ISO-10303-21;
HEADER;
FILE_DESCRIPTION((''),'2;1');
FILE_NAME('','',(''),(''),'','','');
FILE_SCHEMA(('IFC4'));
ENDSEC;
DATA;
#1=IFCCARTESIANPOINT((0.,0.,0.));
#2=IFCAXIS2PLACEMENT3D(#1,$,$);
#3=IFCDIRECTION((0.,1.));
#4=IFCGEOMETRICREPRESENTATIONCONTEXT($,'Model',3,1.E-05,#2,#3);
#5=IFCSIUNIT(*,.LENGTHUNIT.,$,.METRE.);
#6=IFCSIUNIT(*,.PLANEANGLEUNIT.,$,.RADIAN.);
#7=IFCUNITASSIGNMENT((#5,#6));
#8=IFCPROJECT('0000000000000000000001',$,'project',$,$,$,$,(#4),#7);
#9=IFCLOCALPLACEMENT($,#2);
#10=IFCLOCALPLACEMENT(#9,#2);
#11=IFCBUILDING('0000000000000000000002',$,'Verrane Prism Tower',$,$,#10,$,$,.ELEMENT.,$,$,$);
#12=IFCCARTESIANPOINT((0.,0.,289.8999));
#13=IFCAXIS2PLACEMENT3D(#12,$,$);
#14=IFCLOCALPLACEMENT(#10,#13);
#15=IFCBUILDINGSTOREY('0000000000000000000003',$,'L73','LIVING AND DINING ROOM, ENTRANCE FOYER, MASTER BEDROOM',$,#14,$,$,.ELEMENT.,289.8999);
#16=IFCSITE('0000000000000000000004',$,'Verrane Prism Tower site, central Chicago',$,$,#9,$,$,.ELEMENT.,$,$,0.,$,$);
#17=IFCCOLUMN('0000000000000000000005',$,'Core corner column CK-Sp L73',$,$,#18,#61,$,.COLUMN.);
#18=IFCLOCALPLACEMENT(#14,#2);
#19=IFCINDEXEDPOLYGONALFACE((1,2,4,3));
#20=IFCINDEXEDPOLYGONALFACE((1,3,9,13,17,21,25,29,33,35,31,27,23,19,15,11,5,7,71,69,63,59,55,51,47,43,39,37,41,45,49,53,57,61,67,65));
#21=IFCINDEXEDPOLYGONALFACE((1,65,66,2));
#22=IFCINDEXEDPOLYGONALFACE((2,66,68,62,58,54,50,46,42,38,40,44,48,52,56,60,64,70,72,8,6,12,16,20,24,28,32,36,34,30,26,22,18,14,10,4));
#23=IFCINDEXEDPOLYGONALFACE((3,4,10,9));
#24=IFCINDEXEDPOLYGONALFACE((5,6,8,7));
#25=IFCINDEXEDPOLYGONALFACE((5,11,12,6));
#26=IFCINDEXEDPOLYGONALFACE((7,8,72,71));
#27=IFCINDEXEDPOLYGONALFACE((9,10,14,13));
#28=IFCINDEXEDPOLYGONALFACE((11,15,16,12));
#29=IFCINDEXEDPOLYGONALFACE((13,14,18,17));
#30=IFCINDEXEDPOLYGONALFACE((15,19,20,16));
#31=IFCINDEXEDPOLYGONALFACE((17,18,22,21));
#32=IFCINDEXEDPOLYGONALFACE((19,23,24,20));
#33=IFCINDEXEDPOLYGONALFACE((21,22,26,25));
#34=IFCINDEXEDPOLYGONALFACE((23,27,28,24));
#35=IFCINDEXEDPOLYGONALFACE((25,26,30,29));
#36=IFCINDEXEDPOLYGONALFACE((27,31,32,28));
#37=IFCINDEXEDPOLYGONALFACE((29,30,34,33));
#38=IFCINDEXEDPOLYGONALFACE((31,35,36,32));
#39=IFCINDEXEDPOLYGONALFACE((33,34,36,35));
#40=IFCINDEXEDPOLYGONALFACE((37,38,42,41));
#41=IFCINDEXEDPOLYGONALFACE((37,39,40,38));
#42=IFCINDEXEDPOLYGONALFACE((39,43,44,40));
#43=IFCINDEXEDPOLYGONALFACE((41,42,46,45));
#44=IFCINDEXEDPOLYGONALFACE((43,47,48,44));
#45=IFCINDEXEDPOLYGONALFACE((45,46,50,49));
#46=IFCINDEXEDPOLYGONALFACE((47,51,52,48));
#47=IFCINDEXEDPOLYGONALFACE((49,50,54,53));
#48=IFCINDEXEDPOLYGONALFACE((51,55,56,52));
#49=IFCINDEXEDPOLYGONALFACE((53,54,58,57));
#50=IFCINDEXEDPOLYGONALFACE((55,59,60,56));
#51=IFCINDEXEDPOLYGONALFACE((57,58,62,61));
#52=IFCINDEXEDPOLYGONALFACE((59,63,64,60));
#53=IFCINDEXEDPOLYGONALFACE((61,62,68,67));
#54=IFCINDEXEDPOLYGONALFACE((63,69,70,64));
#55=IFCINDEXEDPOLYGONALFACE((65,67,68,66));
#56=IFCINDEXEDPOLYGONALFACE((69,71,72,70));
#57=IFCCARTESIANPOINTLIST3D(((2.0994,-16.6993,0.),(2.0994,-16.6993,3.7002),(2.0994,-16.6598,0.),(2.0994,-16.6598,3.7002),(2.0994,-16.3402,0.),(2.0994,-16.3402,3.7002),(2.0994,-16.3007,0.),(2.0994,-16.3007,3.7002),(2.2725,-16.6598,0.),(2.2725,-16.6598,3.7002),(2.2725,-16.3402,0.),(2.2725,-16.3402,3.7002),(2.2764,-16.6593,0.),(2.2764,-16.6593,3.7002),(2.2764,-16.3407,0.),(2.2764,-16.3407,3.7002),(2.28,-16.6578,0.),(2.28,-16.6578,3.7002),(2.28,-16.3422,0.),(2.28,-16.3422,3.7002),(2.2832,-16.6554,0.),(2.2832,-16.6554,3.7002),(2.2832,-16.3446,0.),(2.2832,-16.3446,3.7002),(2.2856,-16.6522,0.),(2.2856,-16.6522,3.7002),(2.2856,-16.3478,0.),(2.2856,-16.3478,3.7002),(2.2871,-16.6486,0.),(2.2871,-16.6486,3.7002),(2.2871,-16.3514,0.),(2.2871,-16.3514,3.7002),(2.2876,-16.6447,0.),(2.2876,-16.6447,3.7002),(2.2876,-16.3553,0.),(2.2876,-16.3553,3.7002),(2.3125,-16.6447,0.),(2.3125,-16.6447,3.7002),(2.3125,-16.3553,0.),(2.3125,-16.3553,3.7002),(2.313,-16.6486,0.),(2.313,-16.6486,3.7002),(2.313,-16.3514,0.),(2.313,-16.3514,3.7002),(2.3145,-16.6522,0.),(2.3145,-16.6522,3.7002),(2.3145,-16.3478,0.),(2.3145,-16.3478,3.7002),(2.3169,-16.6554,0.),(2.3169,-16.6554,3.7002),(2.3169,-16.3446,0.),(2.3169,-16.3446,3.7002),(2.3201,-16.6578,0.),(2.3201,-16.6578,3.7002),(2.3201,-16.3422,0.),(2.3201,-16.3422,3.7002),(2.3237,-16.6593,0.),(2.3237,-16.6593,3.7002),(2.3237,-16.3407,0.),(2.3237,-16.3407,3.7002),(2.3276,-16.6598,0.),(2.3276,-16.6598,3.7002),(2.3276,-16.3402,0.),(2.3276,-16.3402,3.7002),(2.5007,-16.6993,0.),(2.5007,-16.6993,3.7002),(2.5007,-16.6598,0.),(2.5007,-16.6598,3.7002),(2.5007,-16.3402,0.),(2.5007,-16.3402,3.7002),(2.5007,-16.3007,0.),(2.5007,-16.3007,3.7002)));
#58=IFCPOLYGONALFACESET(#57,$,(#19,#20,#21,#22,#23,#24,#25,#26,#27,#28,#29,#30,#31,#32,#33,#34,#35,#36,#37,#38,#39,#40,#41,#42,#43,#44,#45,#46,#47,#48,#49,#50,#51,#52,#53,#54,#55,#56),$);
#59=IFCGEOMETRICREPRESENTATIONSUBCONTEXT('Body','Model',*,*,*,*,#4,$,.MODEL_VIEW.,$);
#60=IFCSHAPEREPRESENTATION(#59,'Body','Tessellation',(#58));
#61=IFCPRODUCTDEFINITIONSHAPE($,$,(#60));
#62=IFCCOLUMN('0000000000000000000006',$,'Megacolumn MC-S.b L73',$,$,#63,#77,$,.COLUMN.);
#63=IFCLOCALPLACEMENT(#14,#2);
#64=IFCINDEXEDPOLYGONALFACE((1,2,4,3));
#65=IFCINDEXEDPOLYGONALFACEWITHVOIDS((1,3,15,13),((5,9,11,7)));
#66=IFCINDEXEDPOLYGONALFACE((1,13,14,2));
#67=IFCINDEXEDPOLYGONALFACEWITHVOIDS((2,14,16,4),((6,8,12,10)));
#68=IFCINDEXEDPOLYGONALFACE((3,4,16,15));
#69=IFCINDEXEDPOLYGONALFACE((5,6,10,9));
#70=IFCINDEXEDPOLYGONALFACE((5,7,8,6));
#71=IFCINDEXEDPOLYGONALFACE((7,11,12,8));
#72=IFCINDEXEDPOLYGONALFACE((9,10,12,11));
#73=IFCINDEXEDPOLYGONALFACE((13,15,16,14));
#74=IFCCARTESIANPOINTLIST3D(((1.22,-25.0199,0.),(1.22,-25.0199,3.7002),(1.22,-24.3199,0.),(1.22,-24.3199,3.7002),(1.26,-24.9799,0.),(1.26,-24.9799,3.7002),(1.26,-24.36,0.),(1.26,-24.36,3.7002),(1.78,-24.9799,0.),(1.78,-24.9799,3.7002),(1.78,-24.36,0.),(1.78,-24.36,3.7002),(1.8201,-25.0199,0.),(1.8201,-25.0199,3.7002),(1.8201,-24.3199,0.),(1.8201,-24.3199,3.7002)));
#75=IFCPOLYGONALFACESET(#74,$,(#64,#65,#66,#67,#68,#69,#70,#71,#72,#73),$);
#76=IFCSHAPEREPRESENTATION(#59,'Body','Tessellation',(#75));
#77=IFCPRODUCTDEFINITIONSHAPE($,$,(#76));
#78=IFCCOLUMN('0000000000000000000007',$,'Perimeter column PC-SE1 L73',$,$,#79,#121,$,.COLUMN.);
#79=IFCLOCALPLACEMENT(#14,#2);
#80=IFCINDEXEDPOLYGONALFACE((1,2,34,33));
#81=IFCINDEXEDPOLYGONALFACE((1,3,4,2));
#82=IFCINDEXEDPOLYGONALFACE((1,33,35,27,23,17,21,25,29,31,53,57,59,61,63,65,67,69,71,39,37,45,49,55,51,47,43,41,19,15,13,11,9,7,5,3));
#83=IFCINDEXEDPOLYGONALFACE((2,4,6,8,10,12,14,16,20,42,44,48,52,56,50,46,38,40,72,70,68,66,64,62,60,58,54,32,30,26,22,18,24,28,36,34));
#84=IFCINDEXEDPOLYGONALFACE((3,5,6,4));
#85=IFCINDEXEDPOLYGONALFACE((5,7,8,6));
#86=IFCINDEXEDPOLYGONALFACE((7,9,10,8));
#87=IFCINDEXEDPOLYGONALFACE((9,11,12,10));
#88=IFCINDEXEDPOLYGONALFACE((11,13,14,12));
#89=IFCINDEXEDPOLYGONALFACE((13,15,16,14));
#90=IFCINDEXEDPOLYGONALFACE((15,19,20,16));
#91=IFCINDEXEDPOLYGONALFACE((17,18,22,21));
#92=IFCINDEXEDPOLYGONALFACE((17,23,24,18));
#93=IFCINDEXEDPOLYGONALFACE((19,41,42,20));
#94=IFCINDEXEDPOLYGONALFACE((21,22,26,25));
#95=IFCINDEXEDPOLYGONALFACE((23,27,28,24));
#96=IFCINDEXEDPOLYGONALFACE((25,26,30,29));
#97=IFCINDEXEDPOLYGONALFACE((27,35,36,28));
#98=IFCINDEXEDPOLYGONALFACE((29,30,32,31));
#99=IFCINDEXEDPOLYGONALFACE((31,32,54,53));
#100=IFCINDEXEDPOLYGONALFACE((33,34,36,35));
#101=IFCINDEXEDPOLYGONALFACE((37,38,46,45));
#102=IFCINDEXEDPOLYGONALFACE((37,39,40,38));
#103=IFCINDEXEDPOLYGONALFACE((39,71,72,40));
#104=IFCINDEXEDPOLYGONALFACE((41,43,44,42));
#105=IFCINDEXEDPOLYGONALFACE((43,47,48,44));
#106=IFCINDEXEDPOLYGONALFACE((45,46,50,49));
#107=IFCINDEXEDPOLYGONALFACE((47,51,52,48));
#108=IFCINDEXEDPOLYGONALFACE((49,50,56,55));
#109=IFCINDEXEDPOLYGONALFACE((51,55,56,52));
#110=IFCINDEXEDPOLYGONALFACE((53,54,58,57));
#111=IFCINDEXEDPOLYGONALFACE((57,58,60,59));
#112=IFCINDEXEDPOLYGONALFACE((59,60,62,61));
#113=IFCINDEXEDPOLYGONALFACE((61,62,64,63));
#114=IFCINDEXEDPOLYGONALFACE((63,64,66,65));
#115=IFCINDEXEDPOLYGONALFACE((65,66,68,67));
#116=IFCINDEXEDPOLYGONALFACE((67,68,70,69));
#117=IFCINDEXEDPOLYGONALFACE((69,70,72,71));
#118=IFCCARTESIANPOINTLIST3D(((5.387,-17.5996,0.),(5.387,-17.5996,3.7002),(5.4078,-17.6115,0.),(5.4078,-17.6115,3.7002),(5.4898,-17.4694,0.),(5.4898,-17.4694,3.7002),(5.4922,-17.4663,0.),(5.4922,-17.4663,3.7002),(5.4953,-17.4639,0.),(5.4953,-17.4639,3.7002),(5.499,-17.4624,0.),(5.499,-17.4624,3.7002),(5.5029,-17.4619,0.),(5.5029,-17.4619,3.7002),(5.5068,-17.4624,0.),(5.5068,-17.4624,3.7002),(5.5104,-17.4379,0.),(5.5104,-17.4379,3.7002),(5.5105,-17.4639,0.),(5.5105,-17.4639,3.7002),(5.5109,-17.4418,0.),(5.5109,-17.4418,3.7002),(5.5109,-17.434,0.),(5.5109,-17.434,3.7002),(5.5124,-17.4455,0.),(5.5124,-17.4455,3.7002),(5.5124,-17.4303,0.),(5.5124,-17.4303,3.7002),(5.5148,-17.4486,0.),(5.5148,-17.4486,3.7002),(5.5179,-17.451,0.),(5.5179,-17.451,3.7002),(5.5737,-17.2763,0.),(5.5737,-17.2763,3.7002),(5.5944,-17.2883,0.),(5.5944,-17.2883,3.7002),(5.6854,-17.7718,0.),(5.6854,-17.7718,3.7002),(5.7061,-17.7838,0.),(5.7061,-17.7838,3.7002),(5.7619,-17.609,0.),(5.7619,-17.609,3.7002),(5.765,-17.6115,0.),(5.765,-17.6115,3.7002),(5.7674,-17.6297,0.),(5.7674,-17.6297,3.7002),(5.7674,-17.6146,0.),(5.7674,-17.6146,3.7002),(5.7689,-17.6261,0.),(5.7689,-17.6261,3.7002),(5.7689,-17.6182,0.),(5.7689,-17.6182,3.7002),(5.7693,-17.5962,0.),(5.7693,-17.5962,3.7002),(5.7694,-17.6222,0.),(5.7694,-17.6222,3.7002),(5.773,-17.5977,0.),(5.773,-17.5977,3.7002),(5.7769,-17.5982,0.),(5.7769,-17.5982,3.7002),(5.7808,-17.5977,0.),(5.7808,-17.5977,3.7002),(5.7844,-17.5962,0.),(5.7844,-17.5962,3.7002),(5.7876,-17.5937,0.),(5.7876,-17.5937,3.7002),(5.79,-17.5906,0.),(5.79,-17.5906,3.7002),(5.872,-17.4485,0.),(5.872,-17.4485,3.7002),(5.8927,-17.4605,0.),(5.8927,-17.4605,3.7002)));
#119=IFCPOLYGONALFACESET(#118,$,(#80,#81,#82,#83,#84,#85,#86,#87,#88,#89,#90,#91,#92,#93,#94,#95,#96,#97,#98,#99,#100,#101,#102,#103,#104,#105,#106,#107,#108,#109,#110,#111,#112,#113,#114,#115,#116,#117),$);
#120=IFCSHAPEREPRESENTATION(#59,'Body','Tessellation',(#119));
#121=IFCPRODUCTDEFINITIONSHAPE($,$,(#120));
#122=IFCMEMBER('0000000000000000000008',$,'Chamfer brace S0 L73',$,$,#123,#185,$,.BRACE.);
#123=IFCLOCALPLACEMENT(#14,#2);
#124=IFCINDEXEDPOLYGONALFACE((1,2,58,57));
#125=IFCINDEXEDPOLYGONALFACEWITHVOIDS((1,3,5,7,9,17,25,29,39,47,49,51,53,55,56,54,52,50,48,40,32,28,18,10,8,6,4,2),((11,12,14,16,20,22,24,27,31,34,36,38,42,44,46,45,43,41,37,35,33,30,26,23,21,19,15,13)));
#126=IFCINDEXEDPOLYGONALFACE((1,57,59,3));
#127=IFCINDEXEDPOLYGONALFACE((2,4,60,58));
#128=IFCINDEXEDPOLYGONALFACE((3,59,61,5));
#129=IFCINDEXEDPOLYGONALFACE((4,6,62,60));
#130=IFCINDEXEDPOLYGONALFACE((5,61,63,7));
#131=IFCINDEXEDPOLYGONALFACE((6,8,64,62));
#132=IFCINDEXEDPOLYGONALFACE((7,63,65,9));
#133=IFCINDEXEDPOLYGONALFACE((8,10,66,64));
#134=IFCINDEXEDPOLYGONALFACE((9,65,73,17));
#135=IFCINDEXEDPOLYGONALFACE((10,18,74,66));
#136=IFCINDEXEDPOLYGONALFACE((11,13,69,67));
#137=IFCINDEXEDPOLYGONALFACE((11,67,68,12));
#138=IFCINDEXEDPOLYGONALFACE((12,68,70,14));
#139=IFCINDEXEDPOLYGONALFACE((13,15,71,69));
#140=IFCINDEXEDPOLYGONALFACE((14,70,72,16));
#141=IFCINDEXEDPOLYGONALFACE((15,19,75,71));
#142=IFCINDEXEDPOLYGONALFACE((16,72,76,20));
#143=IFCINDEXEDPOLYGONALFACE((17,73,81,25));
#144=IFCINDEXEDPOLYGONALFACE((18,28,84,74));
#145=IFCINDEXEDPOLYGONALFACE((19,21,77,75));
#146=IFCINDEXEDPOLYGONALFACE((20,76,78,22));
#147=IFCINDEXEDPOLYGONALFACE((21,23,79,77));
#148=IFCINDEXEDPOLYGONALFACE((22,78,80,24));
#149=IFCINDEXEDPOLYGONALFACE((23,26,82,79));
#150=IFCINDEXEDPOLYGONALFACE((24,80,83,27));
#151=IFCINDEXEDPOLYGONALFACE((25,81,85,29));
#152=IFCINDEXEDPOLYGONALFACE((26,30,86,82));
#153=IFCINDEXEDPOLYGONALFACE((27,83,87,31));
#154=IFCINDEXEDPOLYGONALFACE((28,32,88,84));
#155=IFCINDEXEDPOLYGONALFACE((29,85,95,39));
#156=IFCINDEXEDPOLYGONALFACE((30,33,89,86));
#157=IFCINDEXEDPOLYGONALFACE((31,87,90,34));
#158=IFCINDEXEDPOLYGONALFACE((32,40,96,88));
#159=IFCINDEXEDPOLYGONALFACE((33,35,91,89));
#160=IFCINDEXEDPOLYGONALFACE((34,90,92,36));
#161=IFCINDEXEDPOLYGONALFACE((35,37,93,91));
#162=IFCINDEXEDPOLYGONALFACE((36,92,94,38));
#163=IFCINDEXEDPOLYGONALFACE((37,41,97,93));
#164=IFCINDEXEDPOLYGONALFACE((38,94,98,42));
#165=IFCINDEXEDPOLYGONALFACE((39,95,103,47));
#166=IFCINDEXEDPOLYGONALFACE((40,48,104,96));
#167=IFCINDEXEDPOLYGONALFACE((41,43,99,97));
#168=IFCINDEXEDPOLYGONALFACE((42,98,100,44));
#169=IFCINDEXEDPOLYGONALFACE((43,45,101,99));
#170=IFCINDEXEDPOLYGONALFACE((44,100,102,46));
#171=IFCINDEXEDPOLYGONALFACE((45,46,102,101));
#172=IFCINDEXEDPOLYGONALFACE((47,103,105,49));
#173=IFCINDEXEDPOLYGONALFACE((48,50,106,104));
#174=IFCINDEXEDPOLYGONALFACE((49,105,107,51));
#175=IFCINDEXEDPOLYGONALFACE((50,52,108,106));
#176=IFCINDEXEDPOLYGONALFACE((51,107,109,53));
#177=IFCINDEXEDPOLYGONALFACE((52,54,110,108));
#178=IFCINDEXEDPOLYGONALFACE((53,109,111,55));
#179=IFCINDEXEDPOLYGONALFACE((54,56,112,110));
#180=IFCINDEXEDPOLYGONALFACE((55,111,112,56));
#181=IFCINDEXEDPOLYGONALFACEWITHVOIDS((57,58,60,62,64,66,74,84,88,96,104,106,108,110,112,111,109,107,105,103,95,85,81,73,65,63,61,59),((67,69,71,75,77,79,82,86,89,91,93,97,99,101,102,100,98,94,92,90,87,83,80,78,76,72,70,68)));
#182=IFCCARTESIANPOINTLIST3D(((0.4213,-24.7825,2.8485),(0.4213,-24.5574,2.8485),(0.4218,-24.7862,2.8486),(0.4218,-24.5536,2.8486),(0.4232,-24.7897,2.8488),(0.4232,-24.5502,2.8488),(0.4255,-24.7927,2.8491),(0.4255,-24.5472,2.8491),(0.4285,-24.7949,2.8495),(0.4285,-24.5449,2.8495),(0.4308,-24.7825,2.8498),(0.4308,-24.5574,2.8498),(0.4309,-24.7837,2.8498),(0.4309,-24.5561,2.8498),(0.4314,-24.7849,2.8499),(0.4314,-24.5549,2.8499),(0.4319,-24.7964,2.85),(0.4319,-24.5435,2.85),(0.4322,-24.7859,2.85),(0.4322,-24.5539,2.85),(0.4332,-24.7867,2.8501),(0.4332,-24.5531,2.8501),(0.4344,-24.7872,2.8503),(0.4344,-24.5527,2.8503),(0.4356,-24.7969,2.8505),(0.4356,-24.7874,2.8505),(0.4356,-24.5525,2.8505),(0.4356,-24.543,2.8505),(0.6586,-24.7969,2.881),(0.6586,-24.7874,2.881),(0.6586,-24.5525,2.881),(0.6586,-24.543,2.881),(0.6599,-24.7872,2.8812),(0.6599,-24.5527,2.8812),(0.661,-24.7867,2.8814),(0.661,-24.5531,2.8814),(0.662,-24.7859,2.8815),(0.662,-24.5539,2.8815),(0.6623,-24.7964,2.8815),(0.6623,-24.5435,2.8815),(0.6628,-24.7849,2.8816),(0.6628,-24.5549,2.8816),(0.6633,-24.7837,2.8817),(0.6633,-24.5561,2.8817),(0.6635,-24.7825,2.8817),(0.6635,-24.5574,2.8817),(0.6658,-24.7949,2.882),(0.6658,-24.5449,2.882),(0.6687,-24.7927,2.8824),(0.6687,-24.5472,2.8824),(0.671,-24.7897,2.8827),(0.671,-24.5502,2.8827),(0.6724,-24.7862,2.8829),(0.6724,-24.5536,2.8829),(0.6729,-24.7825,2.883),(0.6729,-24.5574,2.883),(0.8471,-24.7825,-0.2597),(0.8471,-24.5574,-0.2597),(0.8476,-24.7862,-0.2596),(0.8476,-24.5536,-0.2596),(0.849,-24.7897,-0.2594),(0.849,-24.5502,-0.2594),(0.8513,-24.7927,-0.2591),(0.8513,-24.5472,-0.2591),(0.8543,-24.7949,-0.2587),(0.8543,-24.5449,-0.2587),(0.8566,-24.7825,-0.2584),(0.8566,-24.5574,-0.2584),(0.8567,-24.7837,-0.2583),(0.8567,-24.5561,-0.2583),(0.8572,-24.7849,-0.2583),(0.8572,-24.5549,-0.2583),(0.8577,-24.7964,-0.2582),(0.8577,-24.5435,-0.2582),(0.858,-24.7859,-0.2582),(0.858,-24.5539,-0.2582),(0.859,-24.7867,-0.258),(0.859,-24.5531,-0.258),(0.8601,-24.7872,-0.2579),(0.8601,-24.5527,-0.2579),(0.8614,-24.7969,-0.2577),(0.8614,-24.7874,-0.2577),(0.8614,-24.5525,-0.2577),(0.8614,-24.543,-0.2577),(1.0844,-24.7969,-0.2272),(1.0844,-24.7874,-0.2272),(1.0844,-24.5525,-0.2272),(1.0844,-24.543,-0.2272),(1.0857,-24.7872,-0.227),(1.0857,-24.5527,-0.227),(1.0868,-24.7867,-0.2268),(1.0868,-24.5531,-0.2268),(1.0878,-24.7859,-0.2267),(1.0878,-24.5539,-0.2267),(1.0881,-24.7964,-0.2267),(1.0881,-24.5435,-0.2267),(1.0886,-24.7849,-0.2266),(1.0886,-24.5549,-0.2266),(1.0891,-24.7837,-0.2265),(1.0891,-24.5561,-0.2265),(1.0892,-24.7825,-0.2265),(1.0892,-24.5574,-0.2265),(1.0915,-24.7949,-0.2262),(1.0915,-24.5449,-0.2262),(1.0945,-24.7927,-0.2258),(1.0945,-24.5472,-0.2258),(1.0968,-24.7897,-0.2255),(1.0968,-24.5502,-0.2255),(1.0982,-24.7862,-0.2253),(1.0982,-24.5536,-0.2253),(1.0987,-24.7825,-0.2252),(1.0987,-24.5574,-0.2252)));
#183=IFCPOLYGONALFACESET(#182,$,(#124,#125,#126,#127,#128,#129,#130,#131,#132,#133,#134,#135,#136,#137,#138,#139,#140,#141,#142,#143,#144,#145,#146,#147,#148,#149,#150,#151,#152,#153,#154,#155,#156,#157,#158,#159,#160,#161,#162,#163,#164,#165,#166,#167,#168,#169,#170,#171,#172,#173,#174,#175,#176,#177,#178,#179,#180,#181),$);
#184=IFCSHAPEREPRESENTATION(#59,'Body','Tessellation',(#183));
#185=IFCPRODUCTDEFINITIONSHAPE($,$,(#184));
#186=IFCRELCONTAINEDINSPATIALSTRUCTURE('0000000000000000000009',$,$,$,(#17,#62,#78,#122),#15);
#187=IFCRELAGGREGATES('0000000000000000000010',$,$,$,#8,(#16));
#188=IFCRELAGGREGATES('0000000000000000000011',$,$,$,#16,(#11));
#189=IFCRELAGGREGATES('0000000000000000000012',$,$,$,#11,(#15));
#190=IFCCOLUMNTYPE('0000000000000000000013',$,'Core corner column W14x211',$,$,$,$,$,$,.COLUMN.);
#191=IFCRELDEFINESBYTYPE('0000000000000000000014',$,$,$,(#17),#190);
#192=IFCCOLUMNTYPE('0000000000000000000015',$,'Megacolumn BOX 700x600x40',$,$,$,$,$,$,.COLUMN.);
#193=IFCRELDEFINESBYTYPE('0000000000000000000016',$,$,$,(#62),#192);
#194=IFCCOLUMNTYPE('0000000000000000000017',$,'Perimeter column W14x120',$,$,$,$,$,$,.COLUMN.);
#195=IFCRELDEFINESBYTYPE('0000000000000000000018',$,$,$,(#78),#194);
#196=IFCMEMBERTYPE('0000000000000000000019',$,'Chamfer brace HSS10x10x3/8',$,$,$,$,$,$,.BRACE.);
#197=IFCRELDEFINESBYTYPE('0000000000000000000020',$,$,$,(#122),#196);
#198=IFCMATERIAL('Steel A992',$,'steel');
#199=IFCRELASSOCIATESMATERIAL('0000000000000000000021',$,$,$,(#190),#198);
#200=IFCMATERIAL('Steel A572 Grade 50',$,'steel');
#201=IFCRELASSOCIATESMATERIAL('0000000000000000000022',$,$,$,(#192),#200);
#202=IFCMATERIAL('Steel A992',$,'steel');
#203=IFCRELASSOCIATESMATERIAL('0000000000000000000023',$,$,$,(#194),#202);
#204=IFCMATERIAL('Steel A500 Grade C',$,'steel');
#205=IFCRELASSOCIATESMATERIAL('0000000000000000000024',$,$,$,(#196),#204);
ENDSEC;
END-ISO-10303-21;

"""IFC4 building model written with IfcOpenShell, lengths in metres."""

from ifc_helpers import new_model, si_unit, direction, frame, origin, origin_2d, place, context, subcontext, project, spatial, hollow_rectangle, i_section, extrude, material, material_profile, profile_set, type_object, element, save


model = new_model("IFC4")

# Units and contexts
model_context = context("Model", 3, precision=1e-05, world=origin(), true_north=direction((0.0, 1.0)))
body_context = subcontext(model_context, "Body", "Model", "MODEL_VIEW")
ifc_project = project(units=[si_unit("LENGTHUNIT", "METRE"), si_unit("PLANEANGLEUNIT", "RADIAN")], contexts=[model_context])

# Site, building, storey
site_placement = place(None, origin())
site = spatial("IfcSite", under=ifc_project, at=site_placement, Name="Verrane Prism Tower site, central Chicago", CompositionType="ELEMENT", RefElevation=0.0)
building_placement = place(site_placement, origin())
building = spatial("IfcBuilding", under=site, at=building_placement, Name="Verrane Prism Tower", CompositionType="ELEMENT")
storey_placement = place(building_placement, frame((0.0, 0.0, 289.8999)))
storey = spatial("IfcBuildingStorey", under=building, at=storey_placement, Name="L73", Description="LIVING AND DINING ROOM, ENTRANCE FOYER, MASTER BEDROOM", CompositionType="ELEMENT", Elevation=289.8999)

# Columns
ifc_material_1 = material(Name="Steel A992", Category="steel")
ifc_material_profile_1 = material_profile(ifc_material_1, i_section(OverallWidth=0.4014, OverallDepth=0.3987, WebThickness=0.0249, FlangeThickness=0.0396, FilletRadius=0.0151, at=origin_2d()), Name="W14x211")
ifc_profile_set_1 = profile_set([ifc_material_profile_1], Name="Steel A992")
column_type_1 = type_object("IfcColumnType", Name="Core corner column W14x211", PredefinedType="COLUMN", material=ifc_profile_set_1)
column_1_placement = place(storey_placement, frame((2.3, -16.5, 0.0), z_axis=(0.0, 0.0, 1.0), x_axis=(-1.0, 0.0, 0.0)))
element("IfcColumn", 1, at=column_1_placement, inside=storey, type_object=column_type_1, Name="Core corner column CK-Sp L73", PredefinedType="COLUMN", context=body_context, shape_type="SweptSolid", body=[
    extrude(i_section(OverallWidth=0.4014, OverallDepth=0.3987, WebThickness=0.0249, FlangeThickness=0.0396, FilletRadius=0.0151, at=origin_2d()), origin(), (0.0, 0.0, 1.0), 3.7002),
])
ifc_material_2 = material(Name="Steel A572 Grade 50", Category="steel")
ifc_material_profile_2 = material_profile(ifc_material_2, hollow_rectangle(XDim=0.6001, YDim=0.7, WallThickness=0.04, at=origin_2d()), Name="BOX 700x600x40")
ifc_profile_set_2 = profile_set([ifc_material_profile_2], Name="Steel A572 Grade 50")
column_type_2 = type_object("IfcColumnType", Name="Megacolumn BOX 700x600x40", PredefinedType="COLUMN", material=ifc_profile_set_2)
column_2_placement = place(storey_placement, frame((1.52, -24.6699, 0.0), z_axis=(0.0, 0.0, 1.0), x_axis=(-1.0, 0.0, 0.0)))
element("IfcColumn", 2, at=column_2_placement, inside=storey, type_object=column_type_2, Name="Megacolumn MC-S.b L73", PredefinedType="COLUMN", context=body_context, shape_type="SweptSolid", body=[
    extrude(hollow_rectangle(XDim=0.6001, YDim=0.7, WallThickness=0.04, at=origin_2d()), origin(), (0.0, 0.0, 1.0), 3.7002),
])
ifc_material_3 = material(Name="Steel A992", Category="steel")
ifc_material_profile_3 = material_profile(ifc_material_3, i_section(OverallWidth=0.3733, OverallDepth=0.3684, WebThickness=0.0149, FlangeThickness=0.0239, FilletRadius=0.0151, at=origin_2d()), Name="W14x120")
ifc_profile_set_3 = profile_set([ifc_material_profile_3], Name="Steel A992")
column_type_3 = type_object("IfcColumnType", Name="Perimeter column W14x120", PredefinedType="COLUMN", material=ifc_profile_set_3)
column_3_placement = place(storey_placement, frame((5.6399, -17.53, 0.0), z_axis=(0.0, 0.0, 1.0), x_axis=(-0.5, -0.866025, 0.0)))
element("IfcColumn", 3, at=column_3_placement, inside=storey, type_object=column_type_3, Name="Perimeter column PC-SE1 L73", PredefinedType="COLUMN", context=body_context, shape_type="SweptSolid", body=[
    extrude(i_section(OverallWidth=0.3733, OverallDepth=0.3684, WebThickness=0.0149, FlangeThickness=0.0239, FilletRadius=0.0151, at=origin_2d()), origin(), (0.0, 0.0, 1.0), 3.7002),
])

# Member
ifc_material_4 = material(Name="Steel A500 Grade C", Category="steel")
ifc_material_profile_4 = material_profile(ifc_material_4, hollow_rectangle(XDim=0.2539, YDim=0.2539, WallThickness=0.0095, InnerFilletRadius=0.0049, OuterFilletRadius=0.0144, at=origin_2d()), Name="HSS10x10x3/8")
ifc_profile_set_4 = profile_set([ifc_material_profile_4], Name="Steel A500 Grade C")
member_type_1 = type_object("IfcMemberType", Name="Chamfer brace HSS10x10x3/8", PredefinedType="BRACE", material=ifc_profile_set_4)
member_1_placement = place(storey_placement, frame((0.9729, -24.6699, -0.2424), z_axis=(-0.135721, 0.0, 0.990747), x_axis=(0.0, -1.0, 0.0)))
element("IfcMember", 4, at=member_1_placement, inside=storey, type_object=member_type_1, Name="Chamfer brace S0 L73", PredefinedType="BRACE", context=body_context, shape_type="SweptSolid", body=[
    extrude(hollow_rectangle(XDim=0.2539, YDim=0.2539, WallThickness=0.0095, InnerFilletRadius=0.0049, OuterFilletRadius=0.0144, at=origin_2d()), origin(), (0.0, 0.0, 1.0), 3.1372),
])

save(model, "model.ifc")
